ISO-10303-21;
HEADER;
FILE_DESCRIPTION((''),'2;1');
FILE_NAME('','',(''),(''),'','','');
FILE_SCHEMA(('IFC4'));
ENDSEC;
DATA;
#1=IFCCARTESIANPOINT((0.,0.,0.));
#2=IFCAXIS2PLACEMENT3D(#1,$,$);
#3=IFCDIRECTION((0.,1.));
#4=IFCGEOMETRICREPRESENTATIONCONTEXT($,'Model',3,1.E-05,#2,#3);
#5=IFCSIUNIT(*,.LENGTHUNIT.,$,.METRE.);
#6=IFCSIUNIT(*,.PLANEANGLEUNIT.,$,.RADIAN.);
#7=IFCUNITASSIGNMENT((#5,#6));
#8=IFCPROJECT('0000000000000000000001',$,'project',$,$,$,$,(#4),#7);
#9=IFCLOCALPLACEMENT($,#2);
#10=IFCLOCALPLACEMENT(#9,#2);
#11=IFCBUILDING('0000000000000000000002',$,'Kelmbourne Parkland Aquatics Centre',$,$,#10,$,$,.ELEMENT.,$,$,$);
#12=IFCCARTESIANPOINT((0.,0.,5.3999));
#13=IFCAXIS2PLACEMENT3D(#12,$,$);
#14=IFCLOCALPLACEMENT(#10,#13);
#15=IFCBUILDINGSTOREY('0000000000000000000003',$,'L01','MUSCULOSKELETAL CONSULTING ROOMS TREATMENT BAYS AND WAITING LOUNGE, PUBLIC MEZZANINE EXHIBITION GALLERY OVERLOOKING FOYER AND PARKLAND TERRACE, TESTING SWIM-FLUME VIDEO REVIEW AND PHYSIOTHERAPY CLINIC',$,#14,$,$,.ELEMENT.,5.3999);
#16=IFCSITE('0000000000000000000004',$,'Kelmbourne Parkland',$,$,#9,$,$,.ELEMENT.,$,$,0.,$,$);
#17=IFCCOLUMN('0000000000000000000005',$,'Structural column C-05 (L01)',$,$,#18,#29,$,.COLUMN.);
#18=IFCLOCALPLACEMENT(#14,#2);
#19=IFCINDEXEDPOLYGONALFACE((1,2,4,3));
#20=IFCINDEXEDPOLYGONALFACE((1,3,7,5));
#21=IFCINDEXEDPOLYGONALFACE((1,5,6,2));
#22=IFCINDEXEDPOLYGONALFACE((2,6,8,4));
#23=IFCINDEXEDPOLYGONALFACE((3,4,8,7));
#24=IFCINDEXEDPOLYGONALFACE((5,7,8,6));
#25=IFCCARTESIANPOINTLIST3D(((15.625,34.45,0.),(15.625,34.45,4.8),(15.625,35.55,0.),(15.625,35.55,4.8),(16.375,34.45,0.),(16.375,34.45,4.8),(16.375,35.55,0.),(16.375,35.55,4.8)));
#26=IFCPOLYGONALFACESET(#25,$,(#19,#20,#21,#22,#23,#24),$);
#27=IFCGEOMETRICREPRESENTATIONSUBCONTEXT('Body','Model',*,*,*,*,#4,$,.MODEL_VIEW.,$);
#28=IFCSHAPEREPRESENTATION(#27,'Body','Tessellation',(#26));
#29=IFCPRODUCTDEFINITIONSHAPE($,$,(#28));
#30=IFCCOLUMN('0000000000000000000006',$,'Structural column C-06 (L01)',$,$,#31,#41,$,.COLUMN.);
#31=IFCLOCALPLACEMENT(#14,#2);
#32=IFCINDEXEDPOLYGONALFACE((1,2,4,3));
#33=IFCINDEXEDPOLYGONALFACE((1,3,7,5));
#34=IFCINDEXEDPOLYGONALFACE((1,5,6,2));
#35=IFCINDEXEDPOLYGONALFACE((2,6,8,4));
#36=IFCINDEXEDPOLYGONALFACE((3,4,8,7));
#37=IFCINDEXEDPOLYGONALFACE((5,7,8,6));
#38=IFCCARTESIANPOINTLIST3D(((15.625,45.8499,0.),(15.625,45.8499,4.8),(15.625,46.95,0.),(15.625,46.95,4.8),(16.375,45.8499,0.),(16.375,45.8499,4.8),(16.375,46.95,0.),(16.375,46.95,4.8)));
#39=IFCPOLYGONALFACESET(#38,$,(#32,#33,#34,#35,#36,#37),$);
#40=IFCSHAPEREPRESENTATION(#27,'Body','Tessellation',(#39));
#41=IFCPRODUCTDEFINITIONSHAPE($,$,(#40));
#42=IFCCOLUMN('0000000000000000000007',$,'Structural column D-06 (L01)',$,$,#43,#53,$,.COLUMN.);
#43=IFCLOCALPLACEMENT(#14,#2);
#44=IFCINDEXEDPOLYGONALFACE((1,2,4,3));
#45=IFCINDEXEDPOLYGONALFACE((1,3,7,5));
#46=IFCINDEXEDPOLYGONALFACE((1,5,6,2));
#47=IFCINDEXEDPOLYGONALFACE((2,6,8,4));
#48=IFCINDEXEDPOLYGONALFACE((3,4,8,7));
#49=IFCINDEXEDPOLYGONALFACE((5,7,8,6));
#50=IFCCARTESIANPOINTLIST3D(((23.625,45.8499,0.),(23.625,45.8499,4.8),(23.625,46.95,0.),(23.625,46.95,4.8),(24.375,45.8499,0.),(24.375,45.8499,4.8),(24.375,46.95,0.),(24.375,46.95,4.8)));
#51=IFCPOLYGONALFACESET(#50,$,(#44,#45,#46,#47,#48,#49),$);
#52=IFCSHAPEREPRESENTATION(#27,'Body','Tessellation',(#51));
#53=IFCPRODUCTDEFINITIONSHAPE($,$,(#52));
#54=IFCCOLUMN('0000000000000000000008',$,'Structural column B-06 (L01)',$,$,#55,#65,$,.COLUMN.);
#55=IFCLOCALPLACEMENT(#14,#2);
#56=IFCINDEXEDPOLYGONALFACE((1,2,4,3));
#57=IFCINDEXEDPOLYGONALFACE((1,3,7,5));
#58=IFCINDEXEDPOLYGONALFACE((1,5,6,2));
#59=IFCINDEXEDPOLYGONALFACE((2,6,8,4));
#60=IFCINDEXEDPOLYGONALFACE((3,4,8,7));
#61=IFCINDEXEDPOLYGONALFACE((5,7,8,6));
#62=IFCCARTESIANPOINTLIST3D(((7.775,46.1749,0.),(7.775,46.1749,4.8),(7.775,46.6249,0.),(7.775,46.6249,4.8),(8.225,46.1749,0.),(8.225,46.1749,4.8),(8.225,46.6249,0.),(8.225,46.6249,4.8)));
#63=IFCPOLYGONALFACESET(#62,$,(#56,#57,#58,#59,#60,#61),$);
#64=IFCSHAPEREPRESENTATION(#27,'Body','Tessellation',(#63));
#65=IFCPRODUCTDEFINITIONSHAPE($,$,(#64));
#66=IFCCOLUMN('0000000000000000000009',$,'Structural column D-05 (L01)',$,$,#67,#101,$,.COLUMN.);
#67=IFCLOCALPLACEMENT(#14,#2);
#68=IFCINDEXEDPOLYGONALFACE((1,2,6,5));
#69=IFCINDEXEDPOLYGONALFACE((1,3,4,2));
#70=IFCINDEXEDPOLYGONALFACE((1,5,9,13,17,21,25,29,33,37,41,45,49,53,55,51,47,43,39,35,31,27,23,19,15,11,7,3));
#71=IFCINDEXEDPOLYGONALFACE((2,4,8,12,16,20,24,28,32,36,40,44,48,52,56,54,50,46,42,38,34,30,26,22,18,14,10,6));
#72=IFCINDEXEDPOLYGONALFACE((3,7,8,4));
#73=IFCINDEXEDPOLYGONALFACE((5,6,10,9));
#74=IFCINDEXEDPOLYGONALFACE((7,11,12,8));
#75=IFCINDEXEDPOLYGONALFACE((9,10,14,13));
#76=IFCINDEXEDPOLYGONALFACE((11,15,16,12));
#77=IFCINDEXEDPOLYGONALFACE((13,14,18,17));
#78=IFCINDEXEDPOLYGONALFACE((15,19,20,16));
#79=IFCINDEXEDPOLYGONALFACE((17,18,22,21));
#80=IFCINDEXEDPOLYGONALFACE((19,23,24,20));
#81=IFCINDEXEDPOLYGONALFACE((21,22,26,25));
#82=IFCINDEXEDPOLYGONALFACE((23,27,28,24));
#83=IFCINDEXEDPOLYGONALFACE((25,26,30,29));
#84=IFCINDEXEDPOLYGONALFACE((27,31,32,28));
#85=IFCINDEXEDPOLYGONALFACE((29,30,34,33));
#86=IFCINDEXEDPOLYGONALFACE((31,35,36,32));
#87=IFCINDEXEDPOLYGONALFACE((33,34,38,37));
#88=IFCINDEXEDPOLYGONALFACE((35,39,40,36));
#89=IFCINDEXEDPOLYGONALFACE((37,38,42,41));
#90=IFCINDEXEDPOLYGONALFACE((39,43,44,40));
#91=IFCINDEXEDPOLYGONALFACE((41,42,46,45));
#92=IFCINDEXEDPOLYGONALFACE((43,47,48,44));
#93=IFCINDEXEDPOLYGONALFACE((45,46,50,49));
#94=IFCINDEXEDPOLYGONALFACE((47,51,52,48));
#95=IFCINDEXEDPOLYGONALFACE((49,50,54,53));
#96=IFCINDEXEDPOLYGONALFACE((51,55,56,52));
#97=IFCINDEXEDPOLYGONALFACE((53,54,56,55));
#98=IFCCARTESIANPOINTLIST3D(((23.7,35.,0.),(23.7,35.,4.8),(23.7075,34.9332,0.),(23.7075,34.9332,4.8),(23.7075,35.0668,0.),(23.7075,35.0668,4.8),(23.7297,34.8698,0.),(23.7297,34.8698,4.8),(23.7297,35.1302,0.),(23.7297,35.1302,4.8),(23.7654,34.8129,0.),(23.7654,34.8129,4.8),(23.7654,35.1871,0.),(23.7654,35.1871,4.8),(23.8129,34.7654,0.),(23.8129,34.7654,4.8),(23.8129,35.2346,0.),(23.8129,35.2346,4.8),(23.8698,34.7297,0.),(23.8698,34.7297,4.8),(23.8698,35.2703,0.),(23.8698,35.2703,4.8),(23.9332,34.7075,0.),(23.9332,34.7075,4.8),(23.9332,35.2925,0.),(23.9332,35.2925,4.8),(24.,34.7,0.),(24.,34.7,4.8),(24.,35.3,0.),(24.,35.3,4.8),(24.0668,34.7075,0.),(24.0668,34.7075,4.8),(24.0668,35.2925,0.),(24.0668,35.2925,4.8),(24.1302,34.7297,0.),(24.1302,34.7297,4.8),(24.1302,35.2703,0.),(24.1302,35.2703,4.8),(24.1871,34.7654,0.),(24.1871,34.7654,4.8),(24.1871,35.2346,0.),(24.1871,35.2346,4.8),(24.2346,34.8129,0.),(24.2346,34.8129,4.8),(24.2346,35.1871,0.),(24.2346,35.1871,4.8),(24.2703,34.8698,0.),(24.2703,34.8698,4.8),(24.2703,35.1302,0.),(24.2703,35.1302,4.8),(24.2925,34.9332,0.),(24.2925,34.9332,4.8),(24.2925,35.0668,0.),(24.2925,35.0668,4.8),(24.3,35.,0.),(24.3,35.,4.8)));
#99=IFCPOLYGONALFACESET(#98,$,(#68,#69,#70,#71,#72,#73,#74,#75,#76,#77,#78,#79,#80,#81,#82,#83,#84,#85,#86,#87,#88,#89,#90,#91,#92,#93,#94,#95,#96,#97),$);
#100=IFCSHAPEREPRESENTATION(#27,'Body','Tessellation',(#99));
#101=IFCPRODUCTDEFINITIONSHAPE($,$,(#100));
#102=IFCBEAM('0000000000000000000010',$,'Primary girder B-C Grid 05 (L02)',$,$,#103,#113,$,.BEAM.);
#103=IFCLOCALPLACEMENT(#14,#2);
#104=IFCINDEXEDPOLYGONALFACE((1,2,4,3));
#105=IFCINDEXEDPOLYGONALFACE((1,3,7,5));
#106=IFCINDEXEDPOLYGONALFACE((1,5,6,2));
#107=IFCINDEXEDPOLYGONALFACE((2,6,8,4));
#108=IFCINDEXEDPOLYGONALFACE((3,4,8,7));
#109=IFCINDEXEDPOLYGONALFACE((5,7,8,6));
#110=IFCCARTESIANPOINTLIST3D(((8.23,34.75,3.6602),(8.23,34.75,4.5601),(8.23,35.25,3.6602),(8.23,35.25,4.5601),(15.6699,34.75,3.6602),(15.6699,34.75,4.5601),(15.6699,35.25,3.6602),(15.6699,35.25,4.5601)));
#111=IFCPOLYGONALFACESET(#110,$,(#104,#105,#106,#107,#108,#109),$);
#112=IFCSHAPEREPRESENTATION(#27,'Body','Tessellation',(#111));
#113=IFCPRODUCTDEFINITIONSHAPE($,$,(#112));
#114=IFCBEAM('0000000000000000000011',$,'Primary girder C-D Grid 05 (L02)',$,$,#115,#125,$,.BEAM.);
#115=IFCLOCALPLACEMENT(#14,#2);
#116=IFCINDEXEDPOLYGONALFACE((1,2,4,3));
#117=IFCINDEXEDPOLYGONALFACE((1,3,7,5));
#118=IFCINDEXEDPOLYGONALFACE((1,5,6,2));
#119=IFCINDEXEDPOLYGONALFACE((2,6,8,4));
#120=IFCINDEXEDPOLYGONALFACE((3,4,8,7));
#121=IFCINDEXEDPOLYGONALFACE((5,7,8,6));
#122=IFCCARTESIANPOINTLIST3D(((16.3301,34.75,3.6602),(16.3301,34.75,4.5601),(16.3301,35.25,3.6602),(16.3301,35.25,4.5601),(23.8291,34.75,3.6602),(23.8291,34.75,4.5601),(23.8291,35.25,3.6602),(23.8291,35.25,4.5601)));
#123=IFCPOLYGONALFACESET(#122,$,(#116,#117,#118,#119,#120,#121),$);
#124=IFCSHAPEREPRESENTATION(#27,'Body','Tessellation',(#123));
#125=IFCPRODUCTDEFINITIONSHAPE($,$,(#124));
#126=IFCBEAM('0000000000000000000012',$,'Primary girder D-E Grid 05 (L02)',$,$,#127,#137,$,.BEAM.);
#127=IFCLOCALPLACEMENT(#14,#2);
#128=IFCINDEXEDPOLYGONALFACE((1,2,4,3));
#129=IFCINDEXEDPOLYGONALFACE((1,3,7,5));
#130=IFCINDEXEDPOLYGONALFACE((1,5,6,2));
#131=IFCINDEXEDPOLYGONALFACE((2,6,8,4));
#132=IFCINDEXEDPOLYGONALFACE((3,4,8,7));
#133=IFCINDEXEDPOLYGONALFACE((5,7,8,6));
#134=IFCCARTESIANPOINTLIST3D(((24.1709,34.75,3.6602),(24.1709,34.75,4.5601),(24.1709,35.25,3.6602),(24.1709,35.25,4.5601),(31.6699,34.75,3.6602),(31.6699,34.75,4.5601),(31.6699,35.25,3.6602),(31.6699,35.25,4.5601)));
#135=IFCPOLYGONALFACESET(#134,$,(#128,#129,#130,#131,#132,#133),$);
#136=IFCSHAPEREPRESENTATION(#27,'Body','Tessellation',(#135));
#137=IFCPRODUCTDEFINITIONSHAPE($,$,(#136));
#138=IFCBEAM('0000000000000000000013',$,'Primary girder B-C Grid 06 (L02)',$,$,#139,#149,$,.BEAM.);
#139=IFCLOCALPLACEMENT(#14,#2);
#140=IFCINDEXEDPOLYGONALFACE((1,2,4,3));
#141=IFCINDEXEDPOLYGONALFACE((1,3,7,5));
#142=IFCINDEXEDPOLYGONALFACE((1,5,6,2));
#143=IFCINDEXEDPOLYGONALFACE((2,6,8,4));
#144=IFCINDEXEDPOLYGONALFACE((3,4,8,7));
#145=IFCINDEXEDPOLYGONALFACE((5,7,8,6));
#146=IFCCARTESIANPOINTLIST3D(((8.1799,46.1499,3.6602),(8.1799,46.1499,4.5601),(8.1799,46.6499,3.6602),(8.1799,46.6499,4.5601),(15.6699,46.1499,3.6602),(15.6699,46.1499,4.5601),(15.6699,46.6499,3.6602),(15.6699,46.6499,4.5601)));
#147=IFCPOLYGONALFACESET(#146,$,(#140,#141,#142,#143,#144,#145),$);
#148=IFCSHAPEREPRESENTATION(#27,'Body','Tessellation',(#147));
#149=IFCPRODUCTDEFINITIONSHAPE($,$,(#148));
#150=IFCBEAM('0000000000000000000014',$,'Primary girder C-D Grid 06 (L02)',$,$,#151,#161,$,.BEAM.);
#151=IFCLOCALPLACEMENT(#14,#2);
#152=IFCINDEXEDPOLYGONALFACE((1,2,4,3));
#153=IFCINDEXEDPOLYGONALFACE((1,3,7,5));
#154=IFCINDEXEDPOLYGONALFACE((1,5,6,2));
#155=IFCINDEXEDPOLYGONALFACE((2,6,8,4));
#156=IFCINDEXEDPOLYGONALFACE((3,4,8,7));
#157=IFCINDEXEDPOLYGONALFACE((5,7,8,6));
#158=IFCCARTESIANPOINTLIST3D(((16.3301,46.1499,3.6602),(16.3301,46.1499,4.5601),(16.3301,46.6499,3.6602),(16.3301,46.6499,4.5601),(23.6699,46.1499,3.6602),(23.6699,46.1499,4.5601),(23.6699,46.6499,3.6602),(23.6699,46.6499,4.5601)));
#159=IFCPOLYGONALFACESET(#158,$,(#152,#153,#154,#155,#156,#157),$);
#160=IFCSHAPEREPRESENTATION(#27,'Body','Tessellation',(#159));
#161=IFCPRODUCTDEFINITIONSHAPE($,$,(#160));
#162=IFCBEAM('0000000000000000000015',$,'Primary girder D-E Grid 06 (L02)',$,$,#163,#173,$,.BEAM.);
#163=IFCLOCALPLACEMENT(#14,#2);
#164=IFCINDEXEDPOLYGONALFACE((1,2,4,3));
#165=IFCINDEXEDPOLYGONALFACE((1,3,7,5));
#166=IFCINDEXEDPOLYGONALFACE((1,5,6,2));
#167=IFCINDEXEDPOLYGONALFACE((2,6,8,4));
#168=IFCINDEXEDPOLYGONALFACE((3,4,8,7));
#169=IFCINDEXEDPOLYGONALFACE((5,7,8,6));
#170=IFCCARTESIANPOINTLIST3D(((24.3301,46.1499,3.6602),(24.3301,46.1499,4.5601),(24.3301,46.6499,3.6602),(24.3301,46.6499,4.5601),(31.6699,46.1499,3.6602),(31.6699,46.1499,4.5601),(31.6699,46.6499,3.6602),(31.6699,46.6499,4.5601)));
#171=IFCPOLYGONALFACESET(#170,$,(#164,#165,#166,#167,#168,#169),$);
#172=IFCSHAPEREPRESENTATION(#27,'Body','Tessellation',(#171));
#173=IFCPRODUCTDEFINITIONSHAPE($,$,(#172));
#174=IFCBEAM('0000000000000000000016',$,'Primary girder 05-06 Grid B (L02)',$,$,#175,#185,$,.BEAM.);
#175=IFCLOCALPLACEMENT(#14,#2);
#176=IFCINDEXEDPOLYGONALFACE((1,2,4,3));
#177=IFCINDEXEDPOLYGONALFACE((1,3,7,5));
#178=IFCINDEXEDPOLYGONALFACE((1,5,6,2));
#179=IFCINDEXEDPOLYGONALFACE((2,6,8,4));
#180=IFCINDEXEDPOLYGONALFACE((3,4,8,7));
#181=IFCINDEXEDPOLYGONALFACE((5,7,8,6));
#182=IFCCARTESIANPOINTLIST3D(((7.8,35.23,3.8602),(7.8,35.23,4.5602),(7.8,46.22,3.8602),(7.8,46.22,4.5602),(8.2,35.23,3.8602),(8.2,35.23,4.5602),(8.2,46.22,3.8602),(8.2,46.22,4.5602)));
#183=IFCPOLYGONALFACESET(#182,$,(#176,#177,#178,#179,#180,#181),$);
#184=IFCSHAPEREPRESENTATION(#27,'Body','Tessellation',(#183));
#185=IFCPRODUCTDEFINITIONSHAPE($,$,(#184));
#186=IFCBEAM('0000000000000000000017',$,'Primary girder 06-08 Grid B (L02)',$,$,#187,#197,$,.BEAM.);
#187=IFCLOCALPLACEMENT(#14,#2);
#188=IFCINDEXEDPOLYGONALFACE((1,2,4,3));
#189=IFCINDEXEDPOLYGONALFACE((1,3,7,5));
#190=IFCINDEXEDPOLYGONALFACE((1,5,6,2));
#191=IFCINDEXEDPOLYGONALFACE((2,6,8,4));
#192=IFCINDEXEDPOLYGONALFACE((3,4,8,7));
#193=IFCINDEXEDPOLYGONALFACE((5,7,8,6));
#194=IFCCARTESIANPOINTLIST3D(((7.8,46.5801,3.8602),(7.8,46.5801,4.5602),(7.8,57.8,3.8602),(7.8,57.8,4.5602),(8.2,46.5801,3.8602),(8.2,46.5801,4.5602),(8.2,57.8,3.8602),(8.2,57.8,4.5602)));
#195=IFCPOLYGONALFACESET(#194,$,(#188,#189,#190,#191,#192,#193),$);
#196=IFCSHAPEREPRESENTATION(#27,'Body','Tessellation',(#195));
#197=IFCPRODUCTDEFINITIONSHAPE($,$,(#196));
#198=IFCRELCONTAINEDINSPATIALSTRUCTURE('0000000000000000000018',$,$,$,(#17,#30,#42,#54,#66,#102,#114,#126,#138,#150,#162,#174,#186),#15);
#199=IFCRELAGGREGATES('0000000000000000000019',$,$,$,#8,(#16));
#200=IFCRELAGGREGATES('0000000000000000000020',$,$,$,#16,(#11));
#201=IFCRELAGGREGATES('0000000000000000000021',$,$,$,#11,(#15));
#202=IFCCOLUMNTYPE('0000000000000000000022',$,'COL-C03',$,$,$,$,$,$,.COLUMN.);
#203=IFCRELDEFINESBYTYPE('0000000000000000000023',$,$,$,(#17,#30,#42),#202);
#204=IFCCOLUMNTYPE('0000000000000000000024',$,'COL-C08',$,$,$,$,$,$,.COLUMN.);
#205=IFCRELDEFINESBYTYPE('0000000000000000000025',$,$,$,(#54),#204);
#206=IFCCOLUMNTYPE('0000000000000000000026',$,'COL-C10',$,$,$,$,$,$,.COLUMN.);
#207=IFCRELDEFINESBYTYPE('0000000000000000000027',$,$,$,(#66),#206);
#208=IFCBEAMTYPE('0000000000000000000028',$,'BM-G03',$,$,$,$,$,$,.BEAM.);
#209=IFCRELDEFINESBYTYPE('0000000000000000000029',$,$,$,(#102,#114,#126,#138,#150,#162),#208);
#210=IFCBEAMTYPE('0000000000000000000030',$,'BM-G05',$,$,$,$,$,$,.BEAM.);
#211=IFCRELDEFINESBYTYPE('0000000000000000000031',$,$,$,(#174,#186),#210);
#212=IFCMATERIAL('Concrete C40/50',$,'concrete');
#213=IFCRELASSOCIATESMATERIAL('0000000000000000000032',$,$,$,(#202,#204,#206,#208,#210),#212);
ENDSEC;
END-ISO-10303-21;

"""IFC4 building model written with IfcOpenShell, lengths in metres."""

from ifc_helpers import new_model, si_unit, direction, frame, origin, origin_2d, place, context, subcontext, project, spatial, rectangle, circle, extrude, material, material_profile, profile_set, type_object, element, save


model = new_model("IFC4")

# Units and contexts
model_context = context("Model", 3, precision=1e-05, world=origin(), true_north=direction((0.0, 1.0)))
body_context = subcontext(model_context, "Body", "Model", "MODEL_VIEW")
ifc_project = project(units=[si_unit("LENGTHUNIT", "METRE"), si_unit("PLANEANGLEUNIT", "RADIAN")], contexts=[model_context])

# Site, building, storey
site_placement = place(None, origin())
site = spatial("IfcSite", under=ifc_project, at=site_placement, Name="Kelmbourne Parkland", CompositionType="ELEMENT", RefElevation=0.0)
building_placement = place(site_placement, origin())
building = spatial("IfcBuilding", under=site, at=building_placement, Name="Kelmbourne Parkland Aquatics Centre", CompositionType="ELEMENT")
storey_placement = place(building_placement, frame((0.0, 0.0, 5.3999)))
storey = spatial("IfcBuildingStorey", under=building, at=storey_placement, Name="L01", Description="MUSCULOSKELETAL CONSULTING ROOMS TREATMENT BAYS AND WAITING LOUNGE, PUBLIC MEZZANINE EXHIBITION GALLERY OVERLOOKING FOYER AND PARKLAND TERRACE, TESTING SWIM-FLUME VIDEO REVIEW AND PHYSIOTHERAPY CLINIC", CompositionType="ELEMENT", Elevation=5.3999)

# Columns
ifc_material_1 = material(Name="Concrete C40/50", Category="concrete")
ifc_material_profile_1 = material_profile(ifc_material_1, rectangle(XDim=0.75, YDim=1.1001, at=origin_2d()), Name="RC 750x1100")
ifc_profile_set_1 = profile_set([ifc_material_profile_1], Name="Concrete C40/50")
column_type_1 = type_object("IfcColumnType", Name="COL-C03", PredefinedType="COLUMN", material=ifc_profile_set_1)
for number, where, z_axis, x_axis, name in (
    (1, (16.0, 35.0, 0.0), (0.0, 0.0, 1.0), (1.0, 0.0, 0.0), "Structural column C-05 (L01)"),
    (2, (16.0, 46.3999, 0.0), (0.0, 0.0, 1.0), (1.0, 0.0, 0.0), "Structural column C-06 (L01)"),
    (3, (24.0, 46.3999, 0.0), (0.0, 0.0, 1.0), (1.0, 0.0, 0.0), "Structural column D-06 (L01)"),
):
    element("IfcColumn", number, at=place(storey_placement, frame(where, z_axis=z_axis, x_axis=x_axis)), inside=storey, type_object=column_type_1, Name=name, PredefinedType="COLUMN", context=body_context, shape_type="SweptSolid", body=[
        extrude(rectangle(XDim=0.75, YDim=1.1001, at=origin_2d()), origin(), (0.0, 0.0, 1.0), 4.8),
    ])
ifc_material_profile_2 = material_profile(ifc_material_1, rectangle(XDim=0.45, YDim=0.45, at=origin_2d()), Name="RC 450x450")
ifc_profile_set_2 = profile_set([ifc_material_profile_2], Name="Concrete C40/50")
column_type_2 = type_object("IfcColumnType", Name="COL-C08", PredefinedType="COLUMN", material=ifc_profile_set_2)
column_1_placement = place(storey_placement, frame((8.0, 46.3999, 0.0), z_axis=(0.0, 0.0, 1.0), x_axis=(1.0, 0.0, 0.0)))
element("IfcColumn", 4, at=column_1_placement, inside=storey, type_object=column_type_2, Name="Structural column B-06 (L01)", PredefinedType="COLUMN", context=body_context, shape_type="SweptSolid", body=[
    extrude(rectangle(XDim=0.45, YDim=0.45, at=origin_2d()), origin(), (0.0, 0.0, 1.0), 4.8),
])
ifc_material_profile_3 = material_profile(ifc_material_1, circle(Radius=0.3, at=origin_2d()), Name="RC D600")
ifc_profile_set_3 = profile_set([ifc_material_profile_3], Name="Concrete C40/50")
column_type_3 = type_object("IfcColumnType", Name="COL-C10", PredefinedType="COLUMN", material=ifc_profile_set_3)
column_2_placement = place(storey_placement, frame((24.0, 35.0, 0.0), z_axis=(0.0, 0.0, 1.0), x_axis=(1.0, 0.0, 0.0)))
element("IfcColumn", 5, at=column_2_placement, inside=storey, type_object=column_type_3, Name="Structural column D-05 (L01)", PredefinedType="COLUMN", context=body_context, shape_type="SweptSolid", body=[
    extrude(circle(Radius=0.3, at=origin_2d()), origin(), (0.0, 0.0, 1.0), 4.8),
])

# Beams
ifc_material_profile_4 = material_profile(ifc_material_1, rectangle(XDim=0.5, YDim=0.8999, at=origin_2d()), Name="RC 500x900")
ifc_profile_set_4 = profile_set([ifc_material_profile_4], Name="Concrete C40/50")
beam_type_1 = type_object("IfcBeamType", Name="BM-G03", PredefinedType="BEAM", material=ifc_profile_set_4)
beam_1_placement = place(storey_placement, frame((8.23, 35.0, 4.1101), z_axis=(1.0, 0.0, 0.0), x_axis=(0.0, 1.0, 0.0)))
element("IfcBeam", 6, at=beam_1_placement, inside=storey, type_object=beam_type_1, Name="Primary girder B-C Grid 05 (L02)", PredefinedType="BEAM", context=body_context, shape_type="SweptSolid", body=[
    extrude(rectangle(XDim=0.5, YDim=0.8999, at=origin_2d()), origin(), (0.0, 0.0, 1.0), 7.4399),
])
for number, where, z_axis, x_axis, name in (
    (7, (16.3301, 35.0, 4.1101), (1.0, 0.0, 0.0), (0.0, 1.0, 0.0), "Primary girder C-D Grid 05 (L02)"),
    (8, (24.1709, 35.0, 4.1101), (1.0, 0.0, 0.0), (0.0, 1.0, 0.0), "Primary girder D-E Grid 05 (L02)"),
):
    element("IfcBeam", number, at=place(storey_placement, frame(where, z_axis=z_axis, x_axis=x_axis)), inside=storey, type_object=beam_type_1, Name=name, PredefinedType="BEAM", context=body_context, shape_type="SweptSolid", body=[
        extrude(rectangle(XDim=0.5, YDim=0.8999, at=origin_2d()), origin(), (0.0, 0.0, 1.0), 7.499),
    ])
beam_2_placement = place(storey_placement, frame((8.1799, 46.3999, 4.1101), z_axis=(1.0, 0.0, 0.0), x_axis=(0.0, 1.0, 0.0)))
element("IfcBeam", 9, at=beam_2_placement, inside=storey, type_object=beam_type_1, Name="Primary girder B-C Grid 06 (L02)", PredefinedType="BEAM", context=body_context, shape_type="SweptSolid", body=[
    extrude(rectangle(XDim=0.5, YDim=0.8999, at=origin_2d()), origin(), (0.0, 0.0, 1.0), 7.49),
])
for number, where, z_axis, x_axis, name in (
    (10, (16.3301, 46.3999, 4.1101), (1.0, 0.0, 0.0), (0.0, 1.0, 0.0), "Primary girder C-D Grid 06 (L02)"),
    (11, (24.3301, 46.3999, 4.1101), (1.0, 0.0, 0.0), (0.0, 1.0, 0.0), "Primary girder D-E Grid 06 (L02)"),
):
    element("IfcBeam", number, at=place(storey_placement, frame(where, z_axis=z_axis, x_axis=x_axis)), inside=storey, type_object=beam_type_1, Name=name, PredefinedType="BEAM", context=body_context, shape_type="SweptSolid", body=[
        extrude(rectangle(XDim=0.5, YDim=0.8999, at=origin_2d()), origin(), (0.0, 0.0, 1.0), 7.3398),
    ])
ifc_material_profile_5 = material_profile(ifc_material_1, rectangle(XDim=0.3999, YDim=0.7, at=origin_2d()), Name="RC 400x700")
ifc_profile_set_5 = profile_set([ifc_material_profile_5], Name="Concrete C40/50")
beam_type_2 = type_object("IfcBeamType", Name="BM-G05", PredefinedType="BEAM", material=ifc_profile_set_5)
beam_3_placement = place(storey_placement, frame((8.0, 35.23, 4.2102), z_axis=(0.0, 1.0, 0.0), x_axis=(-1.0, 0.0, 0.0)))
element("IfcBeam", 12, at=beam_3_placement, inside=storey, type_object=beam_type_2, Name="Primary girder 05-06 Grid B (L02)", PredefinedType="BEAM", context=body_context, shape_type="SweptSolid", body=[
    extrude(rectangle(XDim=0.3999, YDim=0.7, at=origin_2d()), origin(), (0.0, 0.0, 1.0), 10.99),
])
beam_4_placement = place(storey_placement, frame((8.0, 46.5801, 4.2102), z_axis=(0.0, 1.0, 0.0), x_axis=(-1.0, 0.0, 0.0)))
element("IfcBeam", 13, at=beam_4_placement, inside=storey, type_object=beam_type_2, Name="Primary girder 06-08 Grid B (L02)", PredefinedType="BEAM", context=body_context, shape_type="SweptSolid", body=[
    extrude(rectangle(XDim=0.3999, YDim=0.7, at=origin_2d()), origin(), (0.0, 0.0, 1.0), 11.22),
])

save(model, "model.ifc")
